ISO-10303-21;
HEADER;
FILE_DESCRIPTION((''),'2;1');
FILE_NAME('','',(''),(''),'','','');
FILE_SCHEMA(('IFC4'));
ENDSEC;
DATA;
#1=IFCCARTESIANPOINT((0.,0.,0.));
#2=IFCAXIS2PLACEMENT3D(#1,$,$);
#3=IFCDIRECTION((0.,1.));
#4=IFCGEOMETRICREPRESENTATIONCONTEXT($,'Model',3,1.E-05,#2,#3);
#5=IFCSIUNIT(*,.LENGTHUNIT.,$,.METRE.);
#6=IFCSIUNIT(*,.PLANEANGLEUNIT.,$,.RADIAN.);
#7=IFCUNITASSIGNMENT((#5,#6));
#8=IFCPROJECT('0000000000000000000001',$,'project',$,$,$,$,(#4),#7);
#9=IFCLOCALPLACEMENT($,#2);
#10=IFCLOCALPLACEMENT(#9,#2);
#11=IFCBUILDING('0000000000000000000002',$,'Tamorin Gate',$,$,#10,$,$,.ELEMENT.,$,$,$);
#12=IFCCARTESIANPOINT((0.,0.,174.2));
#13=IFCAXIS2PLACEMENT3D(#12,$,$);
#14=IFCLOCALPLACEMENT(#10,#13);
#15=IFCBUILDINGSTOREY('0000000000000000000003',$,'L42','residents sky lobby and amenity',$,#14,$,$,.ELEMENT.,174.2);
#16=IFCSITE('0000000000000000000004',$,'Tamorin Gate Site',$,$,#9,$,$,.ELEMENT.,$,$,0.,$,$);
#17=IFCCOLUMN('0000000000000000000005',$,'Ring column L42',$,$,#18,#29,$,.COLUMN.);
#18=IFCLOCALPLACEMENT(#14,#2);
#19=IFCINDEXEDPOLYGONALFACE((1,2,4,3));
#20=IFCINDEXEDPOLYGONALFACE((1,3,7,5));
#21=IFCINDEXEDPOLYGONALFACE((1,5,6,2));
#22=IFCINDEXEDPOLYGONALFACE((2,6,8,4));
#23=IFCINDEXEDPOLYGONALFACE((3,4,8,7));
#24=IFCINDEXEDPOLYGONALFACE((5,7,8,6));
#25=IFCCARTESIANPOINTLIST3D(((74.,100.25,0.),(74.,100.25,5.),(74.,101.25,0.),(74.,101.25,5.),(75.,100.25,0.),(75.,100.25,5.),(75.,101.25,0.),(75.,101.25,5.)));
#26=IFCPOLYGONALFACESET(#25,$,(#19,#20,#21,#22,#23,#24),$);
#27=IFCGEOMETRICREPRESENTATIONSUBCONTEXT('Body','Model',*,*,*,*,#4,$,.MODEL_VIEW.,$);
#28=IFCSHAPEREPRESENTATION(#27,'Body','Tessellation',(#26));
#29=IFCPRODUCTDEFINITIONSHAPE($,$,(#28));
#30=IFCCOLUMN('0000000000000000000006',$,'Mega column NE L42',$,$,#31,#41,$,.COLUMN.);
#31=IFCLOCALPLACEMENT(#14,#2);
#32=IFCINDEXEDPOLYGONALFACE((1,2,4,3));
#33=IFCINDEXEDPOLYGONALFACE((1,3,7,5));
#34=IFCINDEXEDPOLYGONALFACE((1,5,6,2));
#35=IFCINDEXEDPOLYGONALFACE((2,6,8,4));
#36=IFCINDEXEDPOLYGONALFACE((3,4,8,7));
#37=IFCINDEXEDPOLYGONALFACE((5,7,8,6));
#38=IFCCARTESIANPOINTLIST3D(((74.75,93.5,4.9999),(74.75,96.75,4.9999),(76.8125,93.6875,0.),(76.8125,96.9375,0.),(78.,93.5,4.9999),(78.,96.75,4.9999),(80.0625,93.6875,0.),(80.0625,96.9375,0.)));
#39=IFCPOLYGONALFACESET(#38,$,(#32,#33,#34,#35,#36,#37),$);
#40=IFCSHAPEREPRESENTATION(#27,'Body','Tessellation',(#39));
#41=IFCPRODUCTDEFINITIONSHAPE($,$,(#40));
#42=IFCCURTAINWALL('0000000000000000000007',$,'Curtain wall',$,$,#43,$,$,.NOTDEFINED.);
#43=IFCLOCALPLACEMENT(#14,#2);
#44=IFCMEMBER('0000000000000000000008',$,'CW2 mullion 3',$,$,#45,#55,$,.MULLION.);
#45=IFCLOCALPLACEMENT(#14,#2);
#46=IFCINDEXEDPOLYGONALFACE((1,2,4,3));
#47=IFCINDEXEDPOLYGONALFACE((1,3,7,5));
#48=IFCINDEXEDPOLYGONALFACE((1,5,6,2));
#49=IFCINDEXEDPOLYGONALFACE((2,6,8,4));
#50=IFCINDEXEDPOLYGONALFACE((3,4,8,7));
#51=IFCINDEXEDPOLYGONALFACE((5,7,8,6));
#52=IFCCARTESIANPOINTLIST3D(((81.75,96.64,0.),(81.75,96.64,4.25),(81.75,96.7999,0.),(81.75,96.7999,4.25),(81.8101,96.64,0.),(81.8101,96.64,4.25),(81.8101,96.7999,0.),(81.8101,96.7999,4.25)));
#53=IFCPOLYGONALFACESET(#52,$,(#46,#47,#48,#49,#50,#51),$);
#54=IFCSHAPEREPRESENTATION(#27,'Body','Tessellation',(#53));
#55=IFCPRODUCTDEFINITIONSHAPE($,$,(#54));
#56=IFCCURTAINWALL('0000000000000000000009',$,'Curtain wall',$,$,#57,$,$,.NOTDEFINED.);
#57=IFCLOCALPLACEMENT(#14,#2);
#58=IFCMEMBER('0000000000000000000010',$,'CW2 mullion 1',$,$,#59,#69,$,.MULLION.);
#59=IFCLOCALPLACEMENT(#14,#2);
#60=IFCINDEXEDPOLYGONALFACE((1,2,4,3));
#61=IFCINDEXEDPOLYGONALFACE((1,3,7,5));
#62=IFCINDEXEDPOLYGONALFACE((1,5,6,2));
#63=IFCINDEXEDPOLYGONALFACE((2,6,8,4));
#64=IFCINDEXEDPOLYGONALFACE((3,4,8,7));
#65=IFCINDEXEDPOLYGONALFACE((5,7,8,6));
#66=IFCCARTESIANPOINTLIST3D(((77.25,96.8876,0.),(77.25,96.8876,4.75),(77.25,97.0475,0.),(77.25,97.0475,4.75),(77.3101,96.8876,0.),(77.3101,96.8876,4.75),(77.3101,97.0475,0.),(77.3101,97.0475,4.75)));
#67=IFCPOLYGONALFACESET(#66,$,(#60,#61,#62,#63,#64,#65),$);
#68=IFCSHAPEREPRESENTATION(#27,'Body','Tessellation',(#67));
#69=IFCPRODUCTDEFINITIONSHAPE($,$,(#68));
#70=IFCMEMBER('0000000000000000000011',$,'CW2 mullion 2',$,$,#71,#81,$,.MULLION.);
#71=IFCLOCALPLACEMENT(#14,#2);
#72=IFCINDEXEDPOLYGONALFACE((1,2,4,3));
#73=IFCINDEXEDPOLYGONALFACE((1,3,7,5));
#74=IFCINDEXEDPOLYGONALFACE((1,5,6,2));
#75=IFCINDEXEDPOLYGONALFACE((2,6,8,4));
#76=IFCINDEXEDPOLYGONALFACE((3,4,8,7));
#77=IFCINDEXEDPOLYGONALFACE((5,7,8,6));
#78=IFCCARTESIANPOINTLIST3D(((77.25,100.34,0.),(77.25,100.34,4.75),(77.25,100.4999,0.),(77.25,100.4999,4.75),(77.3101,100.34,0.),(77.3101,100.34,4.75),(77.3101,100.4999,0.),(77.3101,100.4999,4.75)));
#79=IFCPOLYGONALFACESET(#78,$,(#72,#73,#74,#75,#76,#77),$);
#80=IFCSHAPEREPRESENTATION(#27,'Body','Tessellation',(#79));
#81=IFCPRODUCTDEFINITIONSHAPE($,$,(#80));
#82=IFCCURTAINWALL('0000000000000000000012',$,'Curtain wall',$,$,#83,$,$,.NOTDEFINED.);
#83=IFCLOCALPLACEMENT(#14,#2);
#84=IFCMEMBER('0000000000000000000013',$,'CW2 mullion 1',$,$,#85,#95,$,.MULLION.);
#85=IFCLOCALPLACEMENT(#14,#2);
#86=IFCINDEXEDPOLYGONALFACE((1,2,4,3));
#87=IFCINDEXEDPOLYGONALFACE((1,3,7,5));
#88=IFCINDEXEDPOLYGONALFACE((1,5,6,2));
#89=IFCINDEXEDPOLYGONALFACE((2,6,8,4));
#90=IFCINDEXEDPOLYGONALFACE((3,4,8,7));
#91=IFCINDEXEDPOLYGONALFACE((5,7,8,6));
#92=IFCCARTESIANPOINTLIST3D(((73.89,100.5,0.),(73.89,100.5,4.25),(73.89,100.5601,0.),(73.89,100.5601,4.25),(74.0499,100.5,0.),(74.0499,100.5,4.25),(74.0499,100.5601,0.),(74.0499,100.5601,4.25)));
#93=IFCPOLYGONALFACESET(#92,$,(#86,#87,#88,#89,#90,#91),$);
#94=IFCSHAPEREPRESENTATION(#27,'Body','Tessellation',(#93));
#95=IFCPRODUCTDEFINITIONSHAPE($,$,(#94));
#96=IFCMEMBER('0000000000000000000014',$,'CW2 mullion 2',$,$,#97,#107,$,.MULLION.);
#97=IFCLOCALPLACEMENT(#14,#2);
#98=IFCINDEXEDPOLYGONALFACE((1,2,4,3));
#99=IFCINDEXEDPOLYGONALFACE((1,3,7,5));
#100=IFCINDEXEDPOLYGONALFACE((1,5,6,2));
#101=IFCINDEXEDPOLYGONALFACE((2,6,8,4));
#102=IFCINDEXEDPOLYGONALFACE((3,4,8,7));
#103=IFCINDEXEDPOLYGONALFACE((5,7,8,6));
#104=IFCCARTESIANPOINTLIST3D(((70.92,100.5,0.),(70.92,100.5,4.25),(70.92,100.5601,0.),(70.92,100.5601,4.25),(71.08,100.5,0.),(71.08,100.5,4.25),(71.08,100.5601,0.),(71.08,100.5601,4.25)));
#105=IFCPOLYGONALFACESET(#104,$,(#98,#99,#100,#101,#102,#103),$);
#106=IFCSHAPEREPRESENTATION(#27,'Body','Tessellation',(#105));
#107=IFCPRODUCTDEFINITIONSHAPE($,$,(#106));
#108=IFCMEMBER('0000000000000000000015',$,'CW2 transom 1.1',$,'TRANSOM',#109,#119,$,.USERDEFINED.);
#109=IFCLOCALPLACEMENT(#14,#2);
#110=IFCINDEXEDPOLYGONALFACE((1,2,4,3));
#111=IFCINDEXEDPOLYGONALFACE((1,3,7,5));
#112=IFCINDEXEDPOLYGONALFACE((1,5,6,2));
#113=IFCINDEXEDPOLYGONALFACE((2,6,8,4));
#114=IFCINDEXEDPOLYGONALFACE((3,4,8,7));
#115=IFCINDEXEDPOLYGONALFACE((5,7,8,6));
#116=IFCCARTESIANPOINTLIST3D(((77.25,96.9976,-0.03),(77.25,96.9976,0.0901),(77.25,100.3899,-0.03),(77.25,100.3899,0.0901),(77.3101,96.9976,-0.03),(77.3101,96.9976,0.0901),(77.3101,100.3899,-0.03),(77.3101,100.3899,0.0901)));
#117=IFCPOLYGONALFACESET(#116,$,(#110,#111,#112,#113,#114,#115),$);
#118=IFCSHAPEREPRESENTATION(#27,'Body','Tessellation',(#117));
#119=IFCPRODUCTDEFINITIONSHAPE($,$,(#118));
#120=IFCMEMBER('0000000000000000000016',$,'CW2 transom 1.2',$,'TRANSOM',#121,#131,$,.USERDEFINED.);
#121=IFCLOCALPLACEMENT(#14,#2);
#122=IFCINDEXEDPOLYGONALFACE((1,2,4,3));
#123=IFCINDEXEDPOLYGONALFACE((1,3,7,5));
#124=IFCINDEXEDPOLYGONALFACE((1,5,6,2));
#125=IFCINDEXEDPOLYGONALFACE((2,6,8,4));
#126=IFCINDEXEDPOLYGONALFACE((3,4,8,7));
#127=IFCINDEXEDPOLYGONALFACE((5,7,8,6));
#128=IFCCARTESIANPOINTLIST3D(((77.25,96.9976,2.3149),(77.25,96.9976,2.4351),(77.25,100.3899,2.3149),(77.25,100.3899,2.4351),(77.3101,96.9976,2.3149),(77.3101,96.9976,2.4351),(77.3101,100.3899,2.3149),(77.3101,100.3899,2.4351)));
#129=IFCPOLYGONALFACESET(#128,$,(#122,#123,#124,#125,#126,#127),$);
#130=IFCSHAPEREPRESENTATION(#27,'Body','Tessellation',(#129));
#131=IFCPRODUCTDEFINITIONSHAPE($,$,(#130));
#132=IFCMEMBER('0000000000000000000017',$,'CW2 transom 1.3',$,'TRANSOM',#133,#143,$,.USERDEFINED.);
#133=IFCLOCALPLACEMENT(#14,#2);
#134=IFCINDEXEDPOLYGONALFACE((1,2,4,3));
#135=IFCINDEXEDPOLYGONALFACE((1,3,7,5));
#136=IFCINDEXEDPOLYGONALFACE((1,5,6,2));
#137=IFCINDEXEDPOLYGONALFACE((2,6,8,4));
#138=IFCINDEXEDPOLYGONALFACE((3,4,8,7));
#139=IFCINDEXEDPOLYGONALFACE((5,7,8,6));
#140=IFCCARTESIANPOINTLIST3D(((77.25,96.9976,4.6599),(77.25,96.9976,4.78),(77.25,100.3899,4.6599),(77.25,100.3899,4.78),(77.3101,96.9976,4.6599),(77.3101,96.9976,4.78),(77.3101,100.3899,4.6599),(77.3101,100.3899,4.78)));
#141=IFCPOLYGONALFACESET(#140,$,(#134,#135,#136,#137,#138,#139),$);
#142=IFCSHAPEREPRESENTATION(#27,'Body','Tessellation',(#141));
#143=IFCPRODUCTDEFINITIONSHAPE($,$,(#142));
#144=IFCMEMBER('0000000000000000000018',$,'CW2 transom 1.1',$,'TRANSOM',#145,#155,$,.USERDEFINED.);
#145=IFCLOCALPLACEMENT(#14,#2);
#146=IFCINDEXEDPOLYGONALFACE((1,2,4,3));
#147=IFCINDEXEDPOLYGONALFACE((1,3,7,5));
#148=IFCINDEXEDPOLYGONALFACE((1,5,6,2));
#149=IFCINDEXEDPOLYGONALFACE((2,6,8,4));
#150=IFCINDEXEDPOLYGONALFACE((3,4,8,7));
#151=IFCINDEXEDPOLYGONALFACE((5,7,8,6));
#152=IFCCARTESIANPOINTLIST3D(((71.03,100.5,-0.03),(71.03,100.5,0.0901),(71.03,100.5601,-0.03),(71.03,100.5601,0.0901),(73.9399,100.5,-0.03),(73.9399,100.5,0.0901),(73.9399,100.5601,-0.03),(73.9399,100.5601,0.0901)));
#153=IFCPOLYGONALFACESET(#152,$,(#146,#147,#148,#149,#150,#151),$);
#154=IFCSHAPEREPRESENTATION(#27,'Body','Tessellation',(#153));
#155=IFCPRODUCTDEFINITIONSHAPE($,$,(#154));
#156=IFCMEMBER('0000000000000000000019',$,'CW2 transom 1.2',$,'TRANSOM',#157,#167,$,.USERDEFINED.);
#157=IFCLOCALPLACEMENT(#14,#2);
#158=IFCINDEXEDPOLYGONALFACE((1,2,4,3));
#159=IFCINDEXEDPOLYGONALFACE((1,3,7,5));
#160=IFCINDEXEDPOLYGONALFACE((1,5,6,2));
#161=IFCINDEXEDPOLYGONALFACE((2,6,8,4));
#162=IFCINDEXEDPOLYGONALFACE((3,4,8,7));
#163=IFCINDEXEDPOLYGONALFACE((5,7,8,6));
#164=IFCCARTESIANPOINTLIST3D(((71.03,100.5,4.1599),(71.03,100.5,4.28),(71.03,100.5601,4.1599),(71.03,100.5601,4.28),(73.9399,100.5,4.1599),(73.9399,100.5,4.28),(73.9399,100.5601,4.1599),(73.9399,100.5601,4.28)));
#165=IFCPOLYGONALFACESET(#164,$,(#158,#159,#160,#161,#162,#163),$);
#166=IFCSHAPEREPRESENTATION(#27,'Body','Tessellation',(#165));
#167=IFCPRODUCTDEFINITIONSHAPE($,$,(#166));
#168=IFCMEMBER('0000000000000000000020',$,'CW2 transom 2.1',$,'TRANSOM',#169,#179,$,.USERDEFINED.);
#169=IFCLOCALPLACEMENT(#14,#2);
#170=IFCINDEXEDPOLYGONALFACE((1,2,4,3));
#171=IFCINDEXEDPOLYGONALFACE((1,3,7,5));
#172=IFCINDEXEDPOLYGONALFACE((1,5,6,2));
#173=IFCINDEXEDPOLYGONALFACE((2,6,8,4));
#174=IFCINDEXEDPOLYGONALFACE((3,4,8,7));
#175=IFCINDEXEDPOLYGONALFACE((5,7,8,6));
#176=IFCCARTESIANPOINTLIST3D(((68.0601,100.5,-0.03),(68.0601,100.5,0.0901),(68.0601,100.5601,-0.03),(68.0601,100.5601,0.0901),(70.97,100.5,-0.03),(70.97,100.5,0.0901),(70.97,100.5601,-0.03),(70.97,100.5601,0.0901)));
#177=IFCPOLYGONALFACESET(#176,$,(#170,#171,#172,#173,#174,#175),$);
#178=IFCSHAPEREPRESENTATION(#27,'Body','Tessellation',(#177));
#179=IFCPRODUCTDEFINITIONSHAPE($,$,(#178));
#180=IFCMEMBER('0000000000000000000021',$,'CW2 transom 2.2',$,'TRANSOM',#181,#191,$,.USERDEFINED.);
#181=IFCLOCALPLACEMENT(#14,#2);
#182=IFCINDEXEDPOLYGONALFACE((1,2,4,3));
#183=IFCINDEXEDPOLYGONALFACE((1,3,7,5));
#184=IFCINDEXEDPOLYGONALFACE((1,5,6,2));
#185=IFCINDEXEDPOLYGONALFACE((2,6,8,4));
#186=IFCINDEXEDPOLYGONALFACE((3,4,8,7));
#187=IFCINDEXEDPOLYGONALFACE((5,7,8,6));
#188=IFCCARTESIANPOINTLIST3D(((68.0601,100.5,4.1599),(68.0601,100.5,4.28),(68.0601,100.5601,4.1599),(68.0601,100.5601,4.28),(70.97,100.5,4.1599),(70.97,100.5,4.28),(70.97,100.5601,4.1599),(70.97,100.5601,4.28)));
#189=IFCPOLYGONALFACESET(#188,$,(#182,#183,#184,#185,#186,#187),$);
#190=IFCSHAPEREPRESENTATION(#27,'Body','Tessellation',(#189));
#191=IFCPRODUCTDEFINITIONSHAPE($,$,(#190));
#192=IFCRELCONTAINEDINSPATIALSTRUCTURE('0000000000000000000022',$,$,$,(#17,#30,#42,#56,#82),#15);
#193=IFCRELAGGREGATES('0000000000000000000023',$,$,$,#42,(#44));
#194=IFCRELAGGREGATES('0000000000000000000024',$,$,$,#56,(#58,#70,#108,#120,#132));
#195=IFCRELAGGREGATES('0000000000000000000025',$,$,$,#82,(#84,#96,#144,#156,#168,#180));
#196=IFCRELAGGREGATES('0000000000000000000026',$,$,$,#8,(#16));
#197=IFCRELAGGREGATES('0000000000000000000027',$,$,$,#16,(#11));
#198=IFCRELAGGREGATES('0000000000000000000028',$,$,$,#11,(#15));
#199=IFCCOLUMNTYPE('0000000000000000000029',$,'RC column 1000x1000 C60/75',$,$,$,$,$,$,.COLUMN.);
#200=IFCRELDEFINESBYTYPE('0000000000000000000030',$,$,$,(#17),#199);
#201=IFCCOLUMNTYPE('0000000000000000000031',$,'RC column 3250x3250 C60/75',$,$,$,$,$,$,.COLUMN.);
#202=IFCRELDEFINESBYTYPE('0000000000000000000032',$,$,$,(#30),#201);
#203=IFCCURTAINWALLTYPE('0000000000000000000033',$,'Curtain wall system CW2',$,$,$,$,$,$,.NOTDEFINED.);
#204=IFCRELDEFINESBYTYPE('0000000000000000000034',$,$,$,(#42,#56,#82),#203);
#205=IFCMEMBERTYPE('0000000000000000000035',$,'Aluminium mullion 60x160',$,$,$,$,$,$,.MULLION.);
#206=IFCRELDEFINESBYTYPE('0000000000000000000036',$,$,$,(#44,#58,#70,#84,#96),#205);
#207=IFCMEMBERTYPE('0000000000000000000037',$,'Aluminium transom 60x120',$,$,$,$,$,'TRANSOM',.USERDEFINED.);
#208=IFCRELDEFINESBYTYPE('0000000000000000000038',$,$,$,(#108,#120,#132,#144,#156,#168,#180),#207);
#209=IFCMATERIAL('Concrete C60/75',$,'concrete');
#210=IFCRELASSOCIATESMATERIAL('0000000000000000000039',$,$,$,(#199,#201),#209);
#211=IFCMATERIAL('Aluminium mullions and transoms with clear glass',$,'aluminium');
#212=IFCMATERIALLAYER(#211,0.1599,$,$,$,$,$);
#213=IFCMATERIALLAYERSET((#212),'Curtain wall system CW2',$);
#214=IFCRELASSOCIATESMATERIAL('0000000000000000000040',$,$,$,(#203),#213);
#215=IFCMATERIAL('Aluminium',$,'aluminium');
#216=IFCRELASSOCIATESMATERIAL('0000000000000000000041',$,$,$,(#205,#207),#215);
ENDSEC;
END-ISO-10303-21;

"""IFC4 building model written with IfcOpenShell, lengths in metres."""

from ifc_helpers import new_model, si_unit, direction, frame, origin, origin_2d, place, context, subcontext, project, spatial, rectangle, extrude, material, layer, layer_set, material_profile, profile_set, type_object, element, aggregate, save


model = new_model("IFC4")

# Units and contexts
model_context = context("Model", 3, precision=1e-05, world=origin(), true_north=direction((0.0, 1.0)))
body_context = subcontext(model_context, "Body", "Model", "MODEL_VIEW")
ifc_project = project(units=[si_unit("LENGTHUNIT", "METRE"), si_unit("PLANEANGLEUNIT", "RADIAN")], contexts=[model_context])

# Site, building, storey
site_placement = place(None, origin())
site = spatial("IfcSite", under=ifc_project, at=site_placement, Name="Tamorin Gate Site", CompositionType="ELEMENT", RefElevation=0.0)
building_placement = place(site_placement, origin())
building = spatial("IfcBuilding", under=site, at=building_placement, Name="Tamorin Gate", CompositionType="ELEMENT")
storey_placement = place(building_placement, frame((0.0, 0.0, 174.2)))
storey = spatial("IfcBuildingStorey", under=building, at=storey_placement, Name="L42", Description="residents sky lobby and amenity", CompositionType="ELEMENT", Elevation=174.2)

# Columns
ifc_material_1 = material(Name="Concrete C60/75", Category="concrete")
ifc_material_profile_1 = material_profile(ifc_material_1, rectangle(XDim=1.0, YDim=1.0, at=origin_2d()), Name="RC 1000x1000")
ifc_profile_set_1 = profile_set([ifc_material_profile_1], Name="Concrete C60/75")
column_type_1 = type_object("IfcColumnType", Name="RC column 1000x1000 C60/75", PredefinedType="COLUMN", material=ifc_profile_set_1)
column_1_placement = place(storey_placement, frame((74.5, 100.75, 0.0), z_axis=(0.0, 0.0, 1.0), x_axis=(1.0, 0.0, 0.0)))
element("IfcColumn", 1, at=column_1_placement, inside=storey, type_object=column_type_1, Name="Ring column L42", PredefinedType="COLUMN", context=body_context, shape_type="SweptSolid", body=[
    extrude(rectangle(XDim=1.0, YDim=1.0, at=origin_2d()), origin(), (0.0, 0.0, 1.0), 5.0),
])
ifc_material_profile_2 = material_profile(ifc_material_1, rectangle(XDim=3.25, YDim=3.25, at=origin_2d()), Name="RC 3250x3250")
ifc_profile_set_2 = profile_set([ifc_material_profile_2], Name="Concrete C60/75")
column_type_2 = type_object("IfcColumnType", Name="RC column 3250x3250 C60/75", PredefinedType="COLUMN", material=ifc_profile_set_2)
column_2_placement = place(storey_placement, frame((78.4375, 95.3125, 0.0), z_axis=(0.0, 0.0, 1.0), x_axis=(-1.0, 0.0, 0.0)))
element("IfcColumn", 2, at=column_2_placement, inside=storey, type_object=column_type_2, Name="Mega column NE L42", PredefinedType="COLUMN", context=body_context, shape_type="SweptSolid", body=[
    extrude(rectangle(XDim=3.25, YDim=3.25, at=origin_2d()), origin(), (0.381102, 0.034646, 0.923884), 5.4119),
])

# Curtain wall, member
ifc_material_2 = material(Name="Aluminium mullions and transoms with clear glass", Category="aluminium")
ifc_layer_1 = layer(ifc_material_2, 0.1599)
ifc_layer_set_1 = layer_set([ifc_layer_1], Name="Curtain wall system CW2")
curtain_wall_type = type_object("IfcCurtainWallType", Name="Curtain wall system CW2", PredefinedType="NOTDEFINED", material=ifc_layer_set_1)
curtain_wall_1_placement = place(storey_placement, origin())
curtain_wall_1 = element("IfcCurtainWall", 3, at=curtain_wall_1_placement, inside=storey, type_object=curtain_wall_type, Name="Curtain wall", PredefinedType="NOTDEFINED")
ifc_material_3 = material(Name="Aluminium", Category="aluminium")
ifc_material_profile_3 = material_profile(ifc_material_3, rectangle(XDim=0.0601, YDim=0.1599, at=origin_2d()), Name="RECT 60x160")
ifc_profile_set_3 = profile_set([ifc_material_profile_3], Name="Aluminium")
member_type_1 = type_object("IfcMemberType", Name="Aluminium mullion 60x160", PredefinedType="MULLION", material=ifc_profile_set_3)
member_1_placement = place(storey_placement, frame((81.78, 96.72, 0.0), z_axis=(0.0, 0.0, 1.0), x_axis=(-1.0, 0.0, 0.0)))
member_1 = element("IfcMember", 4, at=member_1_placement, type_object=member_type_1, Name="CW2 mullion 3", PredefinedType="MULLION", context=body_context, shape_type="SweptSolid", body=[
    extrude(rectangle(XDim=0.0601, YDim=0.1599, at=origin_2d()), origin(), (0.0, 0.0, 1.0), 4.25),
])
aggregate(curtain_wall_1, [member_1])

# Curtain walls, members
curtain_wall_2_placement = place(storey_placement, origin())
curtain_wall_2 = element("IfcCurtainWall", 5, at=curtain_wall_2_placement, inside=storey, type_object=curtain_wall_type, Name="Curtain wall", PredefinedType="NOTDEFINED")
member_2_placement = place(storey_placement, frame((77.28, 96.9675, 0.0), z_axis=(0.0, 0.0, 1.0), x_axis=(-1.0, 0.0, 0.0)))
member_2 = element("IfcMember", 6, at=member_2_placement, type_object=member_type_1, Name="CW2 mullion 1", PredefinedType="MULLION", context=body_context, shape_type="SweptSolid", body=[
    extrude(rectangle(XDim=0.0601, YDim=0.1599, at=origin_2d()), origin(), (0.0, 0.0, 1.0), 4.75),
])
member_3_placement = place(storey_placement, frame((77.28, 100.4199, 0.0), z_axis=(0.0, 0.0, 1.0), x_axis=(-1.0, 0.0, 0.0)))
member_3 = element("IfcMember", 7, at=member_3_placement, type_object=member_type_1, Name="CW2 mullion 2", PredefinedType="MULLION", context=body_context, shape_type="SweptSolid", body=[
    extrude(rectangle(XDim=0.0601, YDim=0.1599, at=origin_2d()), origin(), (0.0, 0.0, 1.0), 4.75),
])
curtain_wall_3_placement = place(storey_placement, origin())
curtain_wall_3 = element("IfcCurtainWall", 8, at=curtain_wall_3_placement, inside=storey, type_object=curtain_wall_type, Name="Curtain wall", PredefinedType="NOTDEFINED")
member_4_placement = place(storey_placement, frame((73.97, 100.53, 0.0), z_axis=(0.0, 0.0, 1.0), x_axis=(0.0, -1.0, 0.0)))
member_4 = element("IfcMember", 9, at=member_4_placement, type_object=member_type_1, Name="CW2 mullion 1", PredefinedType="MULLION", context=body_context, shape_type="SweptSolid", body=[
    extrude(rectangle(XDim=0.0601, YDim=0.1599, at=origin_2d()), origin(), (0.0, 0.0, 1.0), 4.25),
])
member_5_placement = place(storey_placement, frame((71.0, 100.53, 0.0), z_axis=(0.0, 0.0, 1.0), x_axis=(0.0, -1.0, 0.0)))
member_5 = element("IfcMember", 10, at=member_5_placement, type_object=member_type_1, Name="CW2 mullion 2", PredefinedType="MULLION", context=body_context, shape_type="SweptSolid", body=[
    extrude(rectangle(XDim=0.0601, YDim=0.1599, at=origin_2d()), origin(), (0.0, 0.0, 1.0), 4.25),
])

# Members
ifc_material_profile_4 = material_profile(ifc_material_3, rectangle(XDim=0.0601, YDim=0.1201, at=origin_2d()), Name="RECT 60x120")
ifc_profile_set_4 = profile_set([ifc_material_profile_4], Name="Aluminium")
member_type_2 = type_object("IfcMemberType", Name="Aluminium transom 60x120", ElementType="TRANSOM", PredefinedType="USERDEFINED", material=ifc_profile_set_4)
member_6_placement = place(storey_placement, frame((77.28, 96.9976, 0.03), z_axis=(0.0, 1.0, 0.0), x_axis=(-1.0, 0.0, 0.0)))
member_6 = element("IfcMember", 11, at=member_6_placement, type_object=member_type_2, Name="CW2 transom 1.1", ObjectType="TRANSOM", PredefinedType="USERDEFINED", context=body_context, shape_type="SweptSolid", body=[
    extrude(rectangle(XDim=0.0601, YDim=0.1201, at=origin_2d()), origin(), (0.0, 0.0, 1.0), 3.3923),
])
member_7_placement = place(storey_placement, frame((77.28, 96.9976, 2.375), z_axis=(0.0, 1.0, 0.0), x_axis=(-1.0, 0.0, 0.0)))
member_7 = element("IfcMember", 12, at=member_7_placement, type_object=member_type_2, Name="CW2 transom 1.2", ObjectType="TRANSOM", PredefinedType="USERDEFINED", context=body_context, shape_type="SweptSolid", body=[
    extrude(rectangle(XDim=0.0601, YDim=0.1201, at=origin_2d()), origin(), (0.0, 0.0, 1.0), 3.3923),
])
member_8_placement = place(storey_placement, frame((77.28, 96.9976, 4.72), z_axis=(0.0, 1.0, 0.0), x_axis=(-1.0, 0.0, 0.0)))
member_8 = element("IfcMember", 13, at=member_8_placement, type_object=member_type_2, Name="CW2 transom 1.3", ObjectType="TRANSOM", PredefinedType="USERDEFINED", context=body_context, shape_type="SweptSolid", body=[
    extrude(rectangle(XDim=0.0601, YDim=0.1201, at=origin_2d()), origin(), (0.0, 0.0, 1.0), 3.3923),
])
member_9_placement = place(storey_placement, frame((73.9399, 100.53, 0.03), z_axis=(-1.0, 0.0, 0.0), x_axis=(0.0, -1.0, 0.0)))
member_9 = element("IfcMember", 14, at=member_9_placement, type_object=member_type_2, Name="CW2 transom 1.1", ObjectType="TRANSOM", PredefinedType="USERDEFINED", context=body_context, shape_type="SweptSolid", body=[
    extrude(rectangle(XDim=0.0601, YDim=0.1201, at=origin_2d()), origin(), (0.0, 0.0, 1.0), 2.9099),
])
member_10_placement = place(storey_placement, frame((73.9399, 100.53, 4.22), z_axis=(-1.0, 0.0, 0.0), x_axis=(0.0, -1.0, 0.0)))
member_10 = element("IfcMember", 15, at=member_10_placement, type_object=member_type_2, Name="CW2 transom 1.2", ObjectType="TRANSOM", PredefinedType="USERDEFINED", context=body_context, shape_type="SweptSolid", body=[
    extrude(rectangle(XDim=0.0601, YDim=0.1201, at=origin_2d()), origin(), (0.0, 0.0, 1.0), 2.9099),
])
member_11_placement = place(storey_placement, frame((70.97, 100.53, 0.03), z_axis=(-1.0, 0.0, 0.0), x_axis=(0.0, -1.0, 0.0)))
member_11 = element("IfcMember", 16, at=member_11_placement, type_object=member_type_2, Name="CW2 transom 2.1", ObjectType="TRANSOM", PredefinedType="USERDEFINED", context=body_context, shape_type="SweptSolid", body=[
    extrude(rectangle(XDim=0.0601, YDim=0.1201, at=origin_2d()), origin(), (0.0, 0.0, 1.0), 2.9099),
])
member_12_placement = place(storey_placement, frame((70.97, 100.53, 4.22), z_axis=(-1.0, 0.0, 0.0), x_axis=(0.0, -1.0, 0.0)))
member_12 = element("IfcMember", 17, at=member_12_placement, type_object=member_type_2, Name="CW2 transom 2.2", ObjectType="TRANSOM", PredefinedType="USERDEFINED", context=body_context, shape_type="SweptSolid", body=[
    extrude(rectangle(XDim=0.0601, YDim=0.1201, at=origin_2d()), origin(), (0.0, 0.0, 1.0), 2.9099),
])

aggregate(curtain_wall_2, [member_2, member_3, member_6, member_7, member_8])
aggregate(curtain_wall_3, [member_4, member_5, member_9, member_10, member_11, member_12])

save(model, "model.ifc")
